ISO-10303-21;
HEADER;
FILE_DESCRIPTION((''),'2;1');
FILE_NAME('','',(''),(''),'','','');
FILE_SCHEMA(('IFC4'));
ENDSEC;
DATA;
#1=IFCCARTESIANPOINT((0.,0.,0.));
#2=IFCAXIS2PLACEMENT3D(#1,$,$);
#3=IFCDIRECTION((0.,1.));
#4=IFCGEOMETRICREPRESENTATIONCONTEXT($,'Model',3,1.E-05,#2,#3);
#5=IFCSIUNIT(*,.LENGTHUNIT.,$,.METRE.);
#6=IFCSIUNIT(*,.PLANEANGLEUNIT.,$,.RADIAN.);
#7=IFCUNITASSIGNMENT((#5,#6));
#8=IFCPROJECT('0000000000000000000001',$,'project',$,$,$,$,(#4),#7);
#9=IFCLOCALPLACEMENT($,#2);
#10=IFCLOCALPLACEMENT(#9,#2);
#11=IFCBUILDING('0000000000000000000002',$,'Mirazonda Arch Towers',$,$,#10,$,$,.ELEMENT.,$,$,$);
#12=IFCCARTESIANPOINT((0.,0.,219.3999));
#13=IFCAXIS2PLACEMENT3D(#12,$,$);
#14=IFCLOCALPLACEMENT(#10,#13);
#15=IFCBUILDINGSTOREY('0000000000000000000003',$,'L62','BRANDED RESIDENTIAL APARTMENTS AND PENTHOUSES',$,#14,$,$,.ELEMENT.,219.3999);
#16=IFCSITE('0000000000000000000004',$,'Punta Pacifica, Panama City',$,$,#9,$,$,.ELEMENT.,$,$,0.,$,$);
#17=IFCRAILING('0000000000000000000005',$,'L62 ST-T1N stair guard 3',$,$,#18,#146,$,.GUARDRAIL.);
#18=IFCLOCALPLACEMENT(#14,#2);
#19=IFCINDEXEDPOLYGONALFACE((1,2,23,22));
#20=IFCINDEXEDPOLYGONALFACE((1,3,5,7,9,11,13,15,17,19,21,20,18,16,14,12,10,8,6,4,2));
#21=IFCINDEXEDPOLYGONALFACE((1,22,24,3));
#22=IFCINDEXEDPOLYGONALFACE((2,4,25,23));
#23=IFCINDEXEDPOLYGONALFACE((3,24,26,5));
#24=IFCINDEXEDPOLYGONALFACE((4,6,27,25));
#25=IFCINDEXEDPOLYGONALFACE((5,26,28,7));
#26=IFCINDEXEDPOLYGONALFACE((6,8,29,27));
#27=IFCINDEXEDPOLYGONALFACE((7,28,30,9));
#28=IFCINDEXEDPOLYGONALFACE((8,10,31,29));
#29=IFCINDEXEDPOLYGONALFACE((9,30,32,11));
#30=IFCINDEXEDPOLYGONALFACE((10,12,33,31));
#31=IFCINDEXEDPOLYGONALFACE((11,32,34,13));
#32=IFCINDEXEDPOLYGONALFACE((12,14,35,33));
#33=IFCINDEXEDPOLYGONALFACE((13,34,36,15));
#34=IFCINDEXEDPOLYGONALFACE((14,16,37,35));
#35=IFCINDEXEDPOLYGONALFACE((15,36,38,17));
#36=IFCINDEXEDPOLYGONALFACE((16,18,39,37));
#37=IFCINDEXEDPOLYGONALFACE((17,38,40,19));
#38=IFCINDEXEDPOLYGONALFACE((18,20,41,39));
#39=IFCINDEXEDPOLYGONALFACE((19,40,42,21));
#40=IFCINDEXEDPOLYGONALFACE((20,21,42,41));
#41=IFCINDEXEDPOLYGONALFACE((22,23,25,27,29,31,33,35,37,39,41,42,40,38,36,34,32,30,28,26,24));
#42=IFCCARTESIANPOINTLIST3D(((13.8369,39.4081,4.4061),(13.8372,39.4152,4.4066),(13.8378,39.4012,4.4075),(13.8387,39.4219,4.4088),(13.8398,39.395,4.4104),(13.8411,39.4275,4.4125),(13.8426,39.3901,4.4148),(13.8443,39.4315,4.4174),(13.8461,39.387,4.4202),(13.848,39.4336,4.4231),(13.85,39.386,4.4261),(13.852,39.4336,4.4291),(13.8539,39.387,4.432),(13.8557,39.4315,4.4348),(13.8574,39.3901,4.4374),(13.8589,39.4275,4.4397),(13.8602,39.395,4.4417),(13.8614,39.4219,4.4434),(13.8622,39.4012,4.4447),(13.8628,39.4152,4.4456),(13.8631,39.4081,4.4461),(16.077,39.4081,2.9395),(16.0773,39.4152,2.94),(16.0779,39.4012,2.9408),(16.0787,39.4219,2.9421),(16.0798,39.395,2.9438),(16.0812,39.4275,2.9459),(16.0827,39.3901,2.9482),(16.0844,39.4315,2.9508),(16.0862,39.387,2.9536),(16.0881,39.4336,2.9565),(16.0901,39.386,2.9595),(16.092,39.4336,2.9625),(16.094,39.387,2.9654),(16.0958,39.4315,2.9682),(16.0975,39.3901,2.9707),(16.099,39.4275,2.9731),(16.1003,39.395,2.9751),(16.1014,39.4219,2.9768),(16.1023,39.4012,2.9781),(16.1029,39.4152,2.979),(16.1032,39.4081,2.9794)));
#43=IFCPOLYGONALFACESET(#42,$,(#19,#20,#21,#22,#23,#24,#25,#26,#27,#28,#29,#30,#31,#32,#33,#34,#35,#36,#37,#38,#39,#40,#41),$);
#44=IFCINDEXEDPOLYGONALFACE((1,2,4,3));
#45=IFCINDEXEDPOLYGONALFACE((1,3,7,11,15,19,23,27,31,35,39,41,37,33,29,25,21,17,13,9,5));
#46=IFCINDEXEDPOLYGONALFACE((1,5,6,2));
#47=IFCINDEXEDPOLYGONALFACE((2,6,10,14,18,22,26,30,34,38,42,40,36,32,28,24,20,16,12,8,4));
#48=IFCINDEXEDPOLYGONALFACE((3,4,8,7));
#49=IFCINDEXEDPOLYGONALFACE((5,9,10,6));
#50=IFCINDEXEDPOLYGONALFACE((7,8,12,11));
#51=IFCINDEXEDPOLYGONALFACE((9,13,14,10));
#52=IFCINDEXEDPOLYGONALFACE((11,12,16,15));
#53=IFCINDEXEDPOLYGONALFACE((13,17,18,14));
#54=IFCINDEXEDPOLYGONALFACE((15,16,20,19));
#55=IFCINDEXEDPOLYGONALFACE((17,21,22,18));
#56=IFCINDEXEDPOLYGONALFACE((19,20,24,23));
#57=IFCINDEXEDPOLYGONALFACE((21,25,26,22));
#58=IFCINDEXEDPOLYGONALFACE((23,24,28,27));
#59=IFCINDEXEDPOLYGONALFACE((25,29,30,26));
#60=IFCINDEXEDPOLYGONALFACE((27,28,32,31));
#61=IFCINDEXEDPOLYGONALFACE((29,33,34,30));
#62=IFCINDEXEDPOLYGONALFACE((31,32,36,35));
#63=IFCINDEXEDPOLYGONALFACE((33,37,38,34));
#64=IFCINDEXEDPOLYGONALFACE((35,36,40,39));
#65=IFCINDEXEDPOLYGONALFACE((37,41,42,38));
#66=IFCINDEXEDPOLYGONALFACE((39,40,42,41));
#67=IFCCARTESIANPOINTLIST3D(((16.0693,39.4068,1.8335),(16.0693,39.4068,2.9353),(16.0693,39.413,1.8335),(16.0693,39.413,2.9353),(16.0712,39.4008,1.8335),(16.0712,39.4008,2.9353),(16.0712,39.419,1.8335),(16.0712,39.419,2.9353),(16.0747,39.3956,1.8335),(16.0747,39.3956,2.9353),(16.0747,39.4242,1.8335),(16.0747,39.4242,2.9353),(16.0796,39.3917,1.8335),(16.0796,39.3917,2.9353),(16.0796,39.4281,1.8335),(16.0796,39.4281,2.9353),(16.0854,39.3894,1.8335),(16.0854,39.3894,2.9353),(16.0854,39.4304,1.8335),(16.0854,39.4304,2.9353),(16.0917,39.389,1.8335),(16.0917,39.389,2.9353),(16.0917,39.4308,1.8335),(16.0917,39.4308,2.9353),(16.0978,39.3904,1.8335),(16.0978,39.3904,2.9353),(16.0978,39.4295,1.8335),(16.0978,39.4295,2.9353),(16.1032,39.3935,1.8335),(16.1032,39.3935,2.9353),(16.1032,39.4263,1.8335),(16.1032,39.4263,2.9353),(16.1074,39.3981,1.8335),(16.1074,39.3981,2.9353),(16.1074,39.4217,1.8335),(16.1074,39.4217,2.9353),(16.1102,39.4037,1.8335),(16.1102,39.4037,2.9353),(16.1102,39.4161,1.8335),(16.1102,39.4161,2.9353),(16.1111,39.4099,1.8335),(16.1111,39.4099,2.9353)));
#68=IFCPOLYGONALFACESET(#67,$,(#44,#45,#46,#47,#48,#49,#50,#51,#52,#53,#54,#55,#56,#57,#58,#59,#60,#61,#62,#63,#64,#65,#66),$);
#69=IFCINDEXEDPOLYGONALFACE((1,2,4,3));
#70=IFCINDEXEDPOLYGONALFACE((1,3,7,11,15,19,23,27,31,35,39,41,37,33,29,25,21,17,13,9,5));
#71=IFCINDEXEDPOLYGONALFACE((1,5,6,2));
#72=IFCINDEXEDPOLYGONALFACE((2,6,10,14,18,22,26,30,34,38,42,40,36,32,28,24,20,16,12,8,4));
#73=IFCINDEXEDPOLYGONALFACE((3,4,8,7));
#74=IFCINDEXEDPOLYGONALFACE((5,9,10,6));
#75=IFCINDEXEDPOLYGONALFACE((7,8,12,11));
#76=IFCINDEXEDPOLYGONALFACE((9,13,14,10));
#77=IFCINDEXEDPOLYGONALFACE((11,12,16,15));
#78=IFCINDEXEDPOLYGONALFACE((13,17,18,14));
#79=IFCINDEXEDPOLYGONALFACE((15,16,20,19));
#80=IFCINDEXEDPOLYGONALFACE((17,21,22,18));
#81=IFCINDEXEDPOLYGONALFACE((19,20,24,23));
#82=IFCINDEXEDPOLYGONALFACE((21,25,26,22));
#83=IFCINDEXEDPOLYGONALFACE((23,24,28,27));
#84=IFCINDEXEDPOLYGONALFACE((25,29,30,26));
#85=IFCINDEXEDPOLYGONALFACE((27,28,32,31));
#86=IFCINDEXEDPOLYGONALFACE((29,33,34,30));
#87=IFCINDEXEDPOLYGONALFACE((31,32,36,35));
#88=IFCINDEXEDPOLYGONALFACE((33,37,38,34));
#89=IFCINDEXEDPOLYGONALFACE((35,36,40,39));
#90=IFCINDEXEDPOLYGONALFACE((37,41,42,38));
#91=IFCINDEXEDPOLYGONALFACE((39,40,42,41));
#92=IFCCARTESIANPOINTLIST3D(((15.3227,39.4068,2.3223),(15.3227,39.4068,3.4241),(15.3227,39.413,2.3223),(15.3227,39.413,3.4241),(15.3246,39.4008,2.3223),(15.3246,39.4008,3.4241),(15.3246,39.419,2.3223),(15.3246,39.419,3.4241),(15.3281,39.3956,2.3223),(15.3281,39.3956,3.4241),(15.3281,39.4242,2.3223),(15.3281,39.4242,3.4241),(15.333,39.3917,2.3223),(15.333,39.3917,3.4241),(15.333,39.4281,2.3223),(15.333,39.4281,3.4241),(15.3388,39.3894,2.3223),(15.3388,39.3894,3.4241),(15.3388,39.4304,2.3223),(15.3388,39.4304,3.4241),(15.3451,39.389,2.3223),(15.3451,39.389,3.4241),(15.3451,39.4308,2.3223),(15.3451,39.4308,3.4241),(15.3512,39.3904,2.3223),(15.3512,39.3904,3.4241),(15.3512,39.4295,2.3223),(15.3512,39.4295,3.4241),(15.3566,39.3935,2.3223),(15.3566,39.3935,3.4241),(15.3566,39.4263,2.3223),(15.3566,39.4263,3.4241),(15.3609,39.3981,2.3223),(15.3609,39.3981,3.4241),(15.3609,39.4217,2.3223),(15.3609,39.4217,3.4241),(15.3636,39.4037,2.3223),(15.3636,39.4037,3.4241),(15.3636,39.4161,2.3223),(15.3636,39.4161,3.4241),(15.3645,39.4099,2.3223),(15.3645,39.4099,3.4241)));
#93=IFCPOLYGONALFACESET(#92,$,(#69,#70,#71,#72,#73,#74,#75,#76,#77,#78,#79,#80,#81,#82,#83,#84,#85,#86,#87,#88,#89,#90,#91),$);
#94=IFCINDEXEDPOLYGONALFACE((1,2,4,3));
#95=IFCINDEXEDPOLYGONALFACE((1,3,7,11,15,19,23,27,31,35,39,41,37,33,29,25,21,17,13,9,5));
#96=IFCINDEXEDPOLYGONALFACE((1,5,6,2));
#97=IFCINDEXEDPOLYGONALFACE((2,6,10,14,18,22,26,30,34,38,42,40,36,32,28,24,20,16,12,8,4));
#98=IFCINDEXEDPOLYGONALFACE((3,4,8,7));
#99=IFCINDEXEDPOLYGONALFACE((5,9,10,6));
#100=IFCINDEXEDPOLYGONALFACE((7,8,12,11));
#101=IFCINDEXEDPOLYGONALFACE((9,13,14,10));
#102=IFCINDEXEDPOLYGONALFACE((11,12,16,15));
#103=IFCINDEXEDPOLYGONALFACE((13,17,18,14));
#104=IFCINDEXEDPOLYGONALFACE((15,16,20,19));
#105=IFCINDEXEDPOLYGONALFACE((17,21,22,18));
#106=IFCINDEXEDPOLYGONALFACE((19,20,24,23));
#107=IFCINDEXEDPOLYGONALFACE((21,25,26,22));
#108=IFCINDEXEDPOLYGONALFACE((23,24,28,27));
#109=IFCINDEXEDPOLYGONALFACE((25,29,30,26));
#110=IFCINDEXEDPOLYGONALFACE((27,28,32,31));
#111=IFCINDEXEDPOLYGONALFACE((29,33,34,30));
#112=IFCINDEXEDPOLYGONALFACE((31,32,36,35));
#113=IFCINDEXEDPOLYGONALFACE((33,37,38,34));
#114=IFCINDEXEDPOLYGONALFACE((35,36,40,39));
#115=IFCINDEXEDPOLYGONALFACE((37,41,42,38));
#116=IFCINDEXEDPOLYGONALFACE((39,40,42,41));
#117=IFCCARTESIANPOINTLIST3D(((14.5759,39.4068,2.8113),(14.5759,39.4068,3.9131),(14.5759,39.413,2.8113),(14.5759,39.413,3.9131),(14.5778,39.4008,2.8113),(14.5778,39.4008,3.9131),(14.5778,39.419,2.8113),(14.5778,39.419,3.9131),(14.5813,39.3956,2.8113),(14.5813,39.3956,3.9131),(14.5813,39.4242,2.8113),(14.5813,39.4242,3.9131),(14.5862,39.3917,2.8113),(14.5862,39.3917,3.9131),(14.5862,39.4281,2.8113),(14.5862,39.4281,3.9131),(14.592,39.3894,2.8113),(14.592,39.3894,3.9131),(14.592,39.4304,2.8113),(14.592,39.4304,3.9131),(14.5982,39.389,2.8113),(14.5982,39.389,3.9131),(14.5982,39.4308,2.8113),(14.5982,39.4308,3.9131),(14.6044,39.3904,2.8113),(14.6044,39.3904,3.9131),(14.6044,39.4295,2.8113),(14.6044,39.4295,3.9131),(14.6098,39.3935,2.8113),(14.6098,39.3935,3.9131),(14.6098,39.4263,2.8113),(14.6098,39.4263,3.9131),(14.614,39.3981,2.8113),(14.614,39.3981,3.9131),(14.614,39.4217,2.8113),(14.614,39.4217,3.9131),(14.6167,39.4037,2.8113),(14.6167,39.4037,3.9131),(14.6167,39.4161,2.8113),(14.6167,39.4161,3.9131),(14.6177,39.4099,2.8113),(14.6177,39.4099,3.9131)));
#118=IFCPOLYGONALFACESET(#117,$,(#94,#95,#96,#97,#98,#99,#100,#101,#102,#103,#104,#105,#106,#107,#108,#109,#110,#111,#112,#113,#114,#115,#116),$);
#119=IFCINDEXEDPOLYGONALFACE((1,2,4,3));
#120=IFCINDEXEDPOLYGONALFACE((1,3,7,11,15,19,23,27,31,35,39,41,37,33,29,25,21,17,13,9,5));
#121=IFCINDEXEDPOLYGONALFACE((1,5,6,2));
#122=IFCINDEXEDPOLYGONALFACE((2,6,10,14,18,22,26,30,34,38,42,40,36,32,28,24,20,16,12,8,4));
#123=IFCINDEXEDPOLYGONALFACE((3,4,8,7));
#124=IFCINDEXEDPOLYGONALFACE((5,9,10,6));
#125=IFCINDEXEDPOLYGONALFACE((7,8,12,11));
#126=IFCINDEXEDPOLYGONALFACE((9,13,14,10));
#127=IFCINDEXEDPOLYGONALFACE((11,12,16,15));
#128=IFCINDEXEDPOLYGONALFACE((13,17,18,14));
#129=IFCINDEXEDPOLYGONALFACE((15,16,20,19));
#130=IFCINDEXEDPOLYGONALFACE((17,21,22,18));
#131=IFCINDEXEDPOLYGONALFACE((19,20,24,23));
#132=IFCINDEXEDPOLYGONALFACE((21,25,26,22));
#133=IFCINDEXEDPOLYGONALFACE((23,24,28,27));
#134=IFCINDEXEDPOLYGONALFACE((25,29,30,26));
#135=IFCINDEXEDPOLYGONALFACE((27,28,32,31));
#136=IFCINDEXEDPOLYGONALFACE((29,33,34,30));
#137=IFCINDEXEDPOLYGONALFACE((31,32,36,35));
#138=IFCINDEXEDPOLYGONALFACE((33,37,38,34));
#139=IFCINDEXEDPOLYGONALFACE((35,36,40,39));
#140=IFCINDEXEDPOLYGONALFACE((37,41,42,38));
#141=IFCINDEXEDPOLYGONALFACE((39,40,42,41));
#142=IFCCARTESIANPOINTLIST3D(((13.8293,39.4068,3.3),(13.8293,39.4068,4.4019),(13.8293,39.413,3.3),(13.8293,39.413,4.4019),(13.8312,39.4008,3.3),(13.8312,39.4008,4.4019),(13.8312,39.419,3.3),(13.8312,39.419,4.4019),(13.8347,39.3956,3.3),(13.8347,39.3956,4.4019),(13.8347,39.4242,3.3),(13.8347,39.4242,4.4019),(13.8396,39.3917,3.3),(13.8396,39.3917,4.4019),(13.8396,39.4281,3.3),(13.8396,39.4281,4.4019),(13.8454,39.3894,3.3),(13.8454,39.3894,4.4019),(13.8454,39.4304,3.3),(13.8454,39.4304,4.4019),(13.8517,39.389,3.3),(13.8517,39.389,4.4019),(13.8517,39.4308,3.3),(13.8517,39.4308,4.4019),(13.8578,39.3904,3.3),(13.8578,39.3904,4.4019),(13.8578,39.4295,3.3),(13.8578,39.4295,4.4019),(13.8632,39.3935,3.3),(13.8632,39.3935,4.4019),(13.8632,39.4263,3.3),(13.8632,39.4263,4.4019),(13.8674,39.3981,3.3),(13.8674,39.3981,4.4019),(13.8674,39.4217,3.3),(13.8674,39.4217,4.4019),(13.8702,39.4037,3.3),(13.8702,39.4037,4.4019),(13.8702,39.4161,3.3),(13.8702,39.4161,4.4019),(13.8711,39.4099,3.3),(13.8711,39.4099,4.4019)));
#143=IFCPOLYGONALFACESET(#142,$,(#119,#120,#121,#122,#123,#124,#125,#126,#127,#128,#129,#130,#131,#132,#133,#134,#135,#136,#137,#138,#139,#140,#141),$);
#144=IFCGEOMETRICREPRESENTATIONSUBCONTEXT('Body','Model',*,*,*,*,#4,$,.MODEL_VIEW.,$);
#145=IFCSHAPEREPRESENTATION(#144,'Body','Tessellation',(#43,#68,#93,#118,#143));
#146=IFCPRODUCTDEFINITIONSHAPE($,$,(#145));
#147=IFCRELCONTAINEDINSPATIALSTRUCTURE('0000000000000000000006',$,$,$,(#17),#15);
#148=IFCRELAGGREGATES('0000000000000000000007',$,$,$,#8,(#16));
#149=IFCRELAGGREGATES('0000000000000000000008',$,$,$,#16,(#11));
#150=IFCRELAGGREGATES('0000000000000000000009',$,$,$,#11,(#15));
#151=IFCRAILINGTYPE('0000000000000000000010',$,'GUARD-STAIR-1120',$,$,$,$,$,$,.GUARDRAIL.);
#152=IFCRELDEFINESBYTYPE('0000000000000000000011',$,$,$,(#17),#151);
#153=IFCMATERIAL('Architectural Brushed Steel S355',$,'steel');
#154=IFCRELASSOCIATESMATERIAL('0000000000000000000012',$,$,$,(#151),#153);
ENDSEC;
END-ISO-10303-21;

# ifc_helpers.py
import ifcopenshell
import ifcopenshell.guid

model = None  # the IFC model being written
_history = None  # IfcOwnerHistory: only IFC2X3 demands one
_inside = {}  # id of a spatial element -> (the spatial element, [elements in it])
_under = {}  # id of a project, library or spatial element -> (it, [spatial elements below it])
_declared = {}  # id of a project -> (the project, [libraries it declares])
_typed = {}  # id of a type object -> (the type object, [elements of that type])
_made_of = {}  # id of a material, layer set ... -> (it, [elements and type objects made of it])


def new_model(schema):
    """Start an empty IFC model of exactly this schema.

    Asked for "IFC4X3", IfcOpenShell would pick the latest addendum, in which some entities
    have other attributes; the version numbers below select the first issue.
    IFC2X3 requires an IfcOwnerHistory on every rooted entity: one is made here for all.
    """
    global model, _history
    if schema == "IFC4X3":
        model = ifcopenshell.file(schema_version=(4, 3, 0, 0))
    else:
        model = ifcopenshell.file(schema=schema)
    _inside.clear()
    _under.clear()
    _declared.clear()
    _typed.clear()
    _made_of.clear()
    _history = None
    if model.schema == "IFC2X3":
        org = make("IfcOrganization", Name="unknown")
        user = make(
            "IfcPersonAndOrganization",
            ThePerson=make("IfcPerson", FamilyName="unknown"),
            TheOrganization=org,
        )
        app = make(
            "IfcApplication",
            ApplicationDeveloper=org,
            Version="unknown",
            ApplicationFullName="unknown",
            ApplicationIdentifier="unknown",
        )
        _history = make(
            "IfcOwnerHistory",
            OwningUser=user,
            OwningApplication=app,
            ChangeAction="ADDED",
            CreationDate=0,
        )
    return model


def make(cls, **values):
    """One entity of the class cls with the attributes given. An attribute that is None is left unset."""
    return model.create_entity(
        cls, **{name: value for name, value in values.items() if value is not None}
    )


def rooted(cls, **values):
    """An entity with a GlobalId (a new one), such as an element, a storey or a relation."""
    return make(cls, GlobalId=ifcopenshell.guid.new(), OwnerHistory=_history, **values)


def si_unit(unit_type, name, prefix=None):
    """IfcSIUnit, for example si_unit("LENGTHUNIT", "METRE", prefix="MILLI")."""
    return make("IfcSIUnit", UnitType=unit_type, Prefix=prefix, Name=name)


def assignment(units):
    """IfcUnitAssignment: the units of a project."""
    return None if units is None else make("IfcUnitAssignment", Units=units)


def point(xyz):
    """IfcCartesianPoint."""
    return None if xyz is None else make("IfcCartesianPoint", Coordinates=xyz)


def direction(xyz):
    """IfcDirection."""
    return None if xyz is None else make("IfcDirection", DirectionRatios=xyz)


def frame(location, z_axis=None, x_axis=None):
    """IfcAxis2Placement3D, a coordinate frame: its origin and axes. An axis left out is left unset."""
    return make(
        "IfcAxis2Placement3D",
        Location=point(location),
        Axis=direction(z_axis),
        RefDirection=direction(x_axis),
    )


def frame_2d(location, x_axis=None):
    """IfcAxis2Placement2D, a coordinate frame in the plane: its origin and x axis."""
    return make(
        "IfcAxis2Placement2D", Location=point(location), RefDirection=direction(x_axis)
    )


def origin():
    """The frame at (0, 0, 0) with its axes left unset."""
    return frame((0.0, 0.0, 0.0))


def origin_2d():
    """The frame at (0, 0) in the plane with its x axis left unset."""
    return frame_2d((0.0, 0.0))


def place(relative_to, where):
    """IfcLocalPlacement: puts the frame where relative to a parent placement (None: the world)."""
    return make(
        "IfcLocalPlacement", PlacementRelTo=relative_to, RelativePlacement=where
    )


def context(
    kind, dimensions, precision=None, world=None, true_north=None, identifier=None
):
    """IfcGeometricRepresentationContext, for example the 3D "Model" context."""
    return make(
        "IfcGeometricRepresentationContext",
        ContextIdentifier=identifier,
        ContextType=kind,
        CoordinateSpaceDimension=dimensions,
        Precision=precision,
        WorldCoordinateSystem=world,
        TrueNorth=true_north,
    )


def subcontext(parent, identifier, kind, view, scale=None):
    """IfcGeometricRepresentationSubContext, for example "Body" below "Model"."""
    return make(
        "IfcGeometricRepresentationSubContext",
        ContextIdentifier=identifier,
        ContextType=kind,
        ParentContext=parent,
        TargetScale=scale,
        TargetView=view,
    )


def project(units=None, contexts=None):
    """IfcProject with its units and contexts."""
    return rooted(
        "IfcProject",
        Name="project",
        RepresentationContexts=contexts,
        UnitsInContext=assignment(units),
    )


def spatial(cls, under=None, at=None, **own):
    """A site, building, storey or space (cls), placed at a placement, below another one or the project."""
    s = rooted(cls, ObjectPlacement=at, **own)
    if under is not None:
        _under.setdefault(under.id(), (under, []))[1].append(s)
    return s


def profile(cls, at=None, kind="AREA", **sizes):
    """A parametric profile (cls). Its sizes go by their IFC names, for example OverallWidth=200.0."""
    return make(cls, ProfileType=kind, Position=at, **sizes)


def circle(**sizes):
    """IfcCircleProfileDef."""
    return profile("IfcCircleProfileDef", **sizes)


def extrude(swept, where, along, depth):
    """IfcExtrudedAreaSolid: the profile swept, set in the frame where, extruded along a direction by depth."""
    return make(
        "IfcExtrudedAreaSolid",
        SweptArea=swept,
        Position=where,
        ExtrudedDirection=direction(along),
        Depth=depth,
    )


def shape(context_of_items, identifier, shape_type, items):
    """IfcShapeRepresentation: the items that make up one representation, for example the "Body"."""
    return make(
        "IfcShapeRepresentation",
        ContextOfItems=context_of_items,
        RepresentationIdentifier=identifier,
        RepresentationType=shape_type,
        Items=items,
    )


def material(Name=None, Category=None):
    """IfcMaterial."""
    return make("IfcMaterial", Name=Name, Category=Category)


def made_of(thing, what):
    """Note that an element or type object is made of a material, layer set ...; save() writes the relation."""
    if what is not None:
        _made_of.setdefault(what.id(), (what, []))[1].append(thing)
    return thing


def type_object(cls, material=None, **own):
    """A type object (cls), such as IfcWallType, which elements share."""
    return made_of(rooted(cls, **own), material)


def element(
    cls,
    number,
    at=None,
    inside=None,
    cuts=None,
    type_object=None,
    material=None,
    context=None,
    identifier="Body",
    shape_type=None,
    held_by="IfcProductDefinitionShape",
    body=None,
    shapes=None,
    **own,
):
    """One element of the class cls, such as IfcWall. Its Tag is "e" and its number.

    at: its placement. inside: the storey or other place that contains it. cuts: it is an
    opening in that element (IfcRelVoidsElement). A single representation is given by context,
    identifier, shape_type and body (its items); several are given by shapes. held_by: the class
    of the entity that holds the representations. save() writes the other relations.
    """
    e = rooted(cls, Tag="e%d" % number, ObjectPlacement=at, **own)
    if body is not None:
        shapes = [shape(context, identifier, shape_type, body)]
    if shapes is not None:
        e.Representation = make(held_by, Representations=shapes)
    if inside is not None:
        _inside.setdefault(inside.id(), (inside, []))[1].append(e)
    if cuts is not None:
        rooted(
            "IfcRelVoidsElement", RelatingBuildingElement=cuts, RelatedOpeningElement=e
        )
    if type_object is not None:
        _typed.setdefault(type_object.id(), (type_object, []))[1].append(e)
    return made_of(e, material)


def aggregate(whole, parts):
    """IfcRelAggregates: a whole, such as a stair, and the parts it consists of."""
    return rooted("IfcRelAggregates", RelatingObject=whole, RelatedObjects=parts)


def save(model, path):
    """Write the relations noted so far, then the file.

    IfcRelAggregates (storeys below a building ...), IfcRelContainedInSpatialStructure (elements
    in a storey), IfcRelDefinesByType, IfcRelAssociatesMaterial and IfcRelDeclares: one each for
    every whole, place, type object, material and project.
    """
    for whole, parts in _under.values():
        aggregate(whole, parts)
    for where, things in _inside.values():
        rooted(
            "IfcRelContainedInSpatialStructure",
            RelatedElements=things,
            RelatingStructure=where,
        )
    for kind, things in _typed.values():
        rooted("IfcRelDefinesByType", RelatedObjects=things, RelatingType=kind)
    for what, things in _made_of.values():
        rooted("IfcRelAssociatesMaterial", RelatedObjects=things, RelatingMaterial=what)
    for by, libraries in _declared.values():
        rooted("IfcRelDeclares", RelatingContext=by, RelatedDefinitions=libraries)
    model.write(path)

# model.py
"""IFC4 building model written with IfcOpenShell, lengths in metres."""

from ifc_helpers import new_model, si_unit, direction, frame, origin, origin_2d, place, context, subcontext, project, spatial, circle, extrude, material, type_object, element, save


model = new_model("IFC4")

# Units and contexts
model_context = context("Model", 3, precision=1e-05, world=origin(), true_north=direction((0.0, 1.0)))
body_context = subcontext(model_context, "Body", "Model", "MODEL_VIEW")
ifc_project = project(units=[si_unit("LENGTHUNIT", "METRE"), si_unit("PLANEANGLEUNIT", "RADIAN")], contexts=[model_context])

# Site, building, storey
site_placement = place(None, origin())
site = spatial("IfcSite", under=ifc_project, at=site_placement, Name="Punta Pacifica, Panama City", CompositionType="ELEMENT", RefElevation=0.0)
building_placement = place(site_placement, origin())
building = spatial("IfcBuilding", under=site, at=building_placement, Name="Mirazonda Arch Towers", CompositionType="ELEMENT")
storey_placement = place(building_placement, frame((0.0, 0.0, 219.3999)))
storey = spatial("IfcBuildingStorey", under=building, at=storey_placement, Name="L62", Description="BRANDED RESIDENTIAL APARTMENTS AND PENTHOUSES", CompositionType="ELEMENT", Elevation=219.3999)

# Shared definitions
ifc_material_1 = material(Name="Architectural Brushed Steel S355", Category="steel")

# Railing
railing_type_1 = type_object("IfcRailingType", Name="GUARD-STAIR-1120", PredefinedType="GUARDRAIL", material=ifc_material_1)
railing_1_placement = place(storey_placement, frame((16.0901, 39.4099, 1.8335)))
element("IfcRailing", 1, at=railing_1_placement, inside=storey, type_object=railing_type_1, Name="L62 ST-T1N stair guard 3", PredefinedType="GUARDRAIL", context=body_context, shape_type="SweptSolid", body=[
    extrude(circle(Radius=0.0239, at=origin_2d()), frame((0.0, 0.0, 1.126), z_axis=(-0.836637, 0.0, 0.547758), x_axis=(0.0, -1.0, 0.0)), (0.0, 0.0, 1.0), 2.6775),
    extrude(circle(Radius=0.021, at=origin_2d()), origin(), (0.0, 0.0, 1.0), 1.1018),
    extrude(circle(Radius=0.021, at=origin_2d()), frame((-0.7466, 0.0, 0.4888)), (0.0, 0.0, 1.0), 1.1018),
    extrude(circle(Radius=0.021, at=origin_2d()), frame((-1.4934, 0.0, 0.9778)), (0.0, 0.0, 1.0), 1.1018),
    extrude(circle(Radius=0.021, at=origin_2d()), frame((-2.24, 0.0, 1.4666)), (0.0, 0.0, 1.0), 1.1018),
])

save(model, "model.ifc")
